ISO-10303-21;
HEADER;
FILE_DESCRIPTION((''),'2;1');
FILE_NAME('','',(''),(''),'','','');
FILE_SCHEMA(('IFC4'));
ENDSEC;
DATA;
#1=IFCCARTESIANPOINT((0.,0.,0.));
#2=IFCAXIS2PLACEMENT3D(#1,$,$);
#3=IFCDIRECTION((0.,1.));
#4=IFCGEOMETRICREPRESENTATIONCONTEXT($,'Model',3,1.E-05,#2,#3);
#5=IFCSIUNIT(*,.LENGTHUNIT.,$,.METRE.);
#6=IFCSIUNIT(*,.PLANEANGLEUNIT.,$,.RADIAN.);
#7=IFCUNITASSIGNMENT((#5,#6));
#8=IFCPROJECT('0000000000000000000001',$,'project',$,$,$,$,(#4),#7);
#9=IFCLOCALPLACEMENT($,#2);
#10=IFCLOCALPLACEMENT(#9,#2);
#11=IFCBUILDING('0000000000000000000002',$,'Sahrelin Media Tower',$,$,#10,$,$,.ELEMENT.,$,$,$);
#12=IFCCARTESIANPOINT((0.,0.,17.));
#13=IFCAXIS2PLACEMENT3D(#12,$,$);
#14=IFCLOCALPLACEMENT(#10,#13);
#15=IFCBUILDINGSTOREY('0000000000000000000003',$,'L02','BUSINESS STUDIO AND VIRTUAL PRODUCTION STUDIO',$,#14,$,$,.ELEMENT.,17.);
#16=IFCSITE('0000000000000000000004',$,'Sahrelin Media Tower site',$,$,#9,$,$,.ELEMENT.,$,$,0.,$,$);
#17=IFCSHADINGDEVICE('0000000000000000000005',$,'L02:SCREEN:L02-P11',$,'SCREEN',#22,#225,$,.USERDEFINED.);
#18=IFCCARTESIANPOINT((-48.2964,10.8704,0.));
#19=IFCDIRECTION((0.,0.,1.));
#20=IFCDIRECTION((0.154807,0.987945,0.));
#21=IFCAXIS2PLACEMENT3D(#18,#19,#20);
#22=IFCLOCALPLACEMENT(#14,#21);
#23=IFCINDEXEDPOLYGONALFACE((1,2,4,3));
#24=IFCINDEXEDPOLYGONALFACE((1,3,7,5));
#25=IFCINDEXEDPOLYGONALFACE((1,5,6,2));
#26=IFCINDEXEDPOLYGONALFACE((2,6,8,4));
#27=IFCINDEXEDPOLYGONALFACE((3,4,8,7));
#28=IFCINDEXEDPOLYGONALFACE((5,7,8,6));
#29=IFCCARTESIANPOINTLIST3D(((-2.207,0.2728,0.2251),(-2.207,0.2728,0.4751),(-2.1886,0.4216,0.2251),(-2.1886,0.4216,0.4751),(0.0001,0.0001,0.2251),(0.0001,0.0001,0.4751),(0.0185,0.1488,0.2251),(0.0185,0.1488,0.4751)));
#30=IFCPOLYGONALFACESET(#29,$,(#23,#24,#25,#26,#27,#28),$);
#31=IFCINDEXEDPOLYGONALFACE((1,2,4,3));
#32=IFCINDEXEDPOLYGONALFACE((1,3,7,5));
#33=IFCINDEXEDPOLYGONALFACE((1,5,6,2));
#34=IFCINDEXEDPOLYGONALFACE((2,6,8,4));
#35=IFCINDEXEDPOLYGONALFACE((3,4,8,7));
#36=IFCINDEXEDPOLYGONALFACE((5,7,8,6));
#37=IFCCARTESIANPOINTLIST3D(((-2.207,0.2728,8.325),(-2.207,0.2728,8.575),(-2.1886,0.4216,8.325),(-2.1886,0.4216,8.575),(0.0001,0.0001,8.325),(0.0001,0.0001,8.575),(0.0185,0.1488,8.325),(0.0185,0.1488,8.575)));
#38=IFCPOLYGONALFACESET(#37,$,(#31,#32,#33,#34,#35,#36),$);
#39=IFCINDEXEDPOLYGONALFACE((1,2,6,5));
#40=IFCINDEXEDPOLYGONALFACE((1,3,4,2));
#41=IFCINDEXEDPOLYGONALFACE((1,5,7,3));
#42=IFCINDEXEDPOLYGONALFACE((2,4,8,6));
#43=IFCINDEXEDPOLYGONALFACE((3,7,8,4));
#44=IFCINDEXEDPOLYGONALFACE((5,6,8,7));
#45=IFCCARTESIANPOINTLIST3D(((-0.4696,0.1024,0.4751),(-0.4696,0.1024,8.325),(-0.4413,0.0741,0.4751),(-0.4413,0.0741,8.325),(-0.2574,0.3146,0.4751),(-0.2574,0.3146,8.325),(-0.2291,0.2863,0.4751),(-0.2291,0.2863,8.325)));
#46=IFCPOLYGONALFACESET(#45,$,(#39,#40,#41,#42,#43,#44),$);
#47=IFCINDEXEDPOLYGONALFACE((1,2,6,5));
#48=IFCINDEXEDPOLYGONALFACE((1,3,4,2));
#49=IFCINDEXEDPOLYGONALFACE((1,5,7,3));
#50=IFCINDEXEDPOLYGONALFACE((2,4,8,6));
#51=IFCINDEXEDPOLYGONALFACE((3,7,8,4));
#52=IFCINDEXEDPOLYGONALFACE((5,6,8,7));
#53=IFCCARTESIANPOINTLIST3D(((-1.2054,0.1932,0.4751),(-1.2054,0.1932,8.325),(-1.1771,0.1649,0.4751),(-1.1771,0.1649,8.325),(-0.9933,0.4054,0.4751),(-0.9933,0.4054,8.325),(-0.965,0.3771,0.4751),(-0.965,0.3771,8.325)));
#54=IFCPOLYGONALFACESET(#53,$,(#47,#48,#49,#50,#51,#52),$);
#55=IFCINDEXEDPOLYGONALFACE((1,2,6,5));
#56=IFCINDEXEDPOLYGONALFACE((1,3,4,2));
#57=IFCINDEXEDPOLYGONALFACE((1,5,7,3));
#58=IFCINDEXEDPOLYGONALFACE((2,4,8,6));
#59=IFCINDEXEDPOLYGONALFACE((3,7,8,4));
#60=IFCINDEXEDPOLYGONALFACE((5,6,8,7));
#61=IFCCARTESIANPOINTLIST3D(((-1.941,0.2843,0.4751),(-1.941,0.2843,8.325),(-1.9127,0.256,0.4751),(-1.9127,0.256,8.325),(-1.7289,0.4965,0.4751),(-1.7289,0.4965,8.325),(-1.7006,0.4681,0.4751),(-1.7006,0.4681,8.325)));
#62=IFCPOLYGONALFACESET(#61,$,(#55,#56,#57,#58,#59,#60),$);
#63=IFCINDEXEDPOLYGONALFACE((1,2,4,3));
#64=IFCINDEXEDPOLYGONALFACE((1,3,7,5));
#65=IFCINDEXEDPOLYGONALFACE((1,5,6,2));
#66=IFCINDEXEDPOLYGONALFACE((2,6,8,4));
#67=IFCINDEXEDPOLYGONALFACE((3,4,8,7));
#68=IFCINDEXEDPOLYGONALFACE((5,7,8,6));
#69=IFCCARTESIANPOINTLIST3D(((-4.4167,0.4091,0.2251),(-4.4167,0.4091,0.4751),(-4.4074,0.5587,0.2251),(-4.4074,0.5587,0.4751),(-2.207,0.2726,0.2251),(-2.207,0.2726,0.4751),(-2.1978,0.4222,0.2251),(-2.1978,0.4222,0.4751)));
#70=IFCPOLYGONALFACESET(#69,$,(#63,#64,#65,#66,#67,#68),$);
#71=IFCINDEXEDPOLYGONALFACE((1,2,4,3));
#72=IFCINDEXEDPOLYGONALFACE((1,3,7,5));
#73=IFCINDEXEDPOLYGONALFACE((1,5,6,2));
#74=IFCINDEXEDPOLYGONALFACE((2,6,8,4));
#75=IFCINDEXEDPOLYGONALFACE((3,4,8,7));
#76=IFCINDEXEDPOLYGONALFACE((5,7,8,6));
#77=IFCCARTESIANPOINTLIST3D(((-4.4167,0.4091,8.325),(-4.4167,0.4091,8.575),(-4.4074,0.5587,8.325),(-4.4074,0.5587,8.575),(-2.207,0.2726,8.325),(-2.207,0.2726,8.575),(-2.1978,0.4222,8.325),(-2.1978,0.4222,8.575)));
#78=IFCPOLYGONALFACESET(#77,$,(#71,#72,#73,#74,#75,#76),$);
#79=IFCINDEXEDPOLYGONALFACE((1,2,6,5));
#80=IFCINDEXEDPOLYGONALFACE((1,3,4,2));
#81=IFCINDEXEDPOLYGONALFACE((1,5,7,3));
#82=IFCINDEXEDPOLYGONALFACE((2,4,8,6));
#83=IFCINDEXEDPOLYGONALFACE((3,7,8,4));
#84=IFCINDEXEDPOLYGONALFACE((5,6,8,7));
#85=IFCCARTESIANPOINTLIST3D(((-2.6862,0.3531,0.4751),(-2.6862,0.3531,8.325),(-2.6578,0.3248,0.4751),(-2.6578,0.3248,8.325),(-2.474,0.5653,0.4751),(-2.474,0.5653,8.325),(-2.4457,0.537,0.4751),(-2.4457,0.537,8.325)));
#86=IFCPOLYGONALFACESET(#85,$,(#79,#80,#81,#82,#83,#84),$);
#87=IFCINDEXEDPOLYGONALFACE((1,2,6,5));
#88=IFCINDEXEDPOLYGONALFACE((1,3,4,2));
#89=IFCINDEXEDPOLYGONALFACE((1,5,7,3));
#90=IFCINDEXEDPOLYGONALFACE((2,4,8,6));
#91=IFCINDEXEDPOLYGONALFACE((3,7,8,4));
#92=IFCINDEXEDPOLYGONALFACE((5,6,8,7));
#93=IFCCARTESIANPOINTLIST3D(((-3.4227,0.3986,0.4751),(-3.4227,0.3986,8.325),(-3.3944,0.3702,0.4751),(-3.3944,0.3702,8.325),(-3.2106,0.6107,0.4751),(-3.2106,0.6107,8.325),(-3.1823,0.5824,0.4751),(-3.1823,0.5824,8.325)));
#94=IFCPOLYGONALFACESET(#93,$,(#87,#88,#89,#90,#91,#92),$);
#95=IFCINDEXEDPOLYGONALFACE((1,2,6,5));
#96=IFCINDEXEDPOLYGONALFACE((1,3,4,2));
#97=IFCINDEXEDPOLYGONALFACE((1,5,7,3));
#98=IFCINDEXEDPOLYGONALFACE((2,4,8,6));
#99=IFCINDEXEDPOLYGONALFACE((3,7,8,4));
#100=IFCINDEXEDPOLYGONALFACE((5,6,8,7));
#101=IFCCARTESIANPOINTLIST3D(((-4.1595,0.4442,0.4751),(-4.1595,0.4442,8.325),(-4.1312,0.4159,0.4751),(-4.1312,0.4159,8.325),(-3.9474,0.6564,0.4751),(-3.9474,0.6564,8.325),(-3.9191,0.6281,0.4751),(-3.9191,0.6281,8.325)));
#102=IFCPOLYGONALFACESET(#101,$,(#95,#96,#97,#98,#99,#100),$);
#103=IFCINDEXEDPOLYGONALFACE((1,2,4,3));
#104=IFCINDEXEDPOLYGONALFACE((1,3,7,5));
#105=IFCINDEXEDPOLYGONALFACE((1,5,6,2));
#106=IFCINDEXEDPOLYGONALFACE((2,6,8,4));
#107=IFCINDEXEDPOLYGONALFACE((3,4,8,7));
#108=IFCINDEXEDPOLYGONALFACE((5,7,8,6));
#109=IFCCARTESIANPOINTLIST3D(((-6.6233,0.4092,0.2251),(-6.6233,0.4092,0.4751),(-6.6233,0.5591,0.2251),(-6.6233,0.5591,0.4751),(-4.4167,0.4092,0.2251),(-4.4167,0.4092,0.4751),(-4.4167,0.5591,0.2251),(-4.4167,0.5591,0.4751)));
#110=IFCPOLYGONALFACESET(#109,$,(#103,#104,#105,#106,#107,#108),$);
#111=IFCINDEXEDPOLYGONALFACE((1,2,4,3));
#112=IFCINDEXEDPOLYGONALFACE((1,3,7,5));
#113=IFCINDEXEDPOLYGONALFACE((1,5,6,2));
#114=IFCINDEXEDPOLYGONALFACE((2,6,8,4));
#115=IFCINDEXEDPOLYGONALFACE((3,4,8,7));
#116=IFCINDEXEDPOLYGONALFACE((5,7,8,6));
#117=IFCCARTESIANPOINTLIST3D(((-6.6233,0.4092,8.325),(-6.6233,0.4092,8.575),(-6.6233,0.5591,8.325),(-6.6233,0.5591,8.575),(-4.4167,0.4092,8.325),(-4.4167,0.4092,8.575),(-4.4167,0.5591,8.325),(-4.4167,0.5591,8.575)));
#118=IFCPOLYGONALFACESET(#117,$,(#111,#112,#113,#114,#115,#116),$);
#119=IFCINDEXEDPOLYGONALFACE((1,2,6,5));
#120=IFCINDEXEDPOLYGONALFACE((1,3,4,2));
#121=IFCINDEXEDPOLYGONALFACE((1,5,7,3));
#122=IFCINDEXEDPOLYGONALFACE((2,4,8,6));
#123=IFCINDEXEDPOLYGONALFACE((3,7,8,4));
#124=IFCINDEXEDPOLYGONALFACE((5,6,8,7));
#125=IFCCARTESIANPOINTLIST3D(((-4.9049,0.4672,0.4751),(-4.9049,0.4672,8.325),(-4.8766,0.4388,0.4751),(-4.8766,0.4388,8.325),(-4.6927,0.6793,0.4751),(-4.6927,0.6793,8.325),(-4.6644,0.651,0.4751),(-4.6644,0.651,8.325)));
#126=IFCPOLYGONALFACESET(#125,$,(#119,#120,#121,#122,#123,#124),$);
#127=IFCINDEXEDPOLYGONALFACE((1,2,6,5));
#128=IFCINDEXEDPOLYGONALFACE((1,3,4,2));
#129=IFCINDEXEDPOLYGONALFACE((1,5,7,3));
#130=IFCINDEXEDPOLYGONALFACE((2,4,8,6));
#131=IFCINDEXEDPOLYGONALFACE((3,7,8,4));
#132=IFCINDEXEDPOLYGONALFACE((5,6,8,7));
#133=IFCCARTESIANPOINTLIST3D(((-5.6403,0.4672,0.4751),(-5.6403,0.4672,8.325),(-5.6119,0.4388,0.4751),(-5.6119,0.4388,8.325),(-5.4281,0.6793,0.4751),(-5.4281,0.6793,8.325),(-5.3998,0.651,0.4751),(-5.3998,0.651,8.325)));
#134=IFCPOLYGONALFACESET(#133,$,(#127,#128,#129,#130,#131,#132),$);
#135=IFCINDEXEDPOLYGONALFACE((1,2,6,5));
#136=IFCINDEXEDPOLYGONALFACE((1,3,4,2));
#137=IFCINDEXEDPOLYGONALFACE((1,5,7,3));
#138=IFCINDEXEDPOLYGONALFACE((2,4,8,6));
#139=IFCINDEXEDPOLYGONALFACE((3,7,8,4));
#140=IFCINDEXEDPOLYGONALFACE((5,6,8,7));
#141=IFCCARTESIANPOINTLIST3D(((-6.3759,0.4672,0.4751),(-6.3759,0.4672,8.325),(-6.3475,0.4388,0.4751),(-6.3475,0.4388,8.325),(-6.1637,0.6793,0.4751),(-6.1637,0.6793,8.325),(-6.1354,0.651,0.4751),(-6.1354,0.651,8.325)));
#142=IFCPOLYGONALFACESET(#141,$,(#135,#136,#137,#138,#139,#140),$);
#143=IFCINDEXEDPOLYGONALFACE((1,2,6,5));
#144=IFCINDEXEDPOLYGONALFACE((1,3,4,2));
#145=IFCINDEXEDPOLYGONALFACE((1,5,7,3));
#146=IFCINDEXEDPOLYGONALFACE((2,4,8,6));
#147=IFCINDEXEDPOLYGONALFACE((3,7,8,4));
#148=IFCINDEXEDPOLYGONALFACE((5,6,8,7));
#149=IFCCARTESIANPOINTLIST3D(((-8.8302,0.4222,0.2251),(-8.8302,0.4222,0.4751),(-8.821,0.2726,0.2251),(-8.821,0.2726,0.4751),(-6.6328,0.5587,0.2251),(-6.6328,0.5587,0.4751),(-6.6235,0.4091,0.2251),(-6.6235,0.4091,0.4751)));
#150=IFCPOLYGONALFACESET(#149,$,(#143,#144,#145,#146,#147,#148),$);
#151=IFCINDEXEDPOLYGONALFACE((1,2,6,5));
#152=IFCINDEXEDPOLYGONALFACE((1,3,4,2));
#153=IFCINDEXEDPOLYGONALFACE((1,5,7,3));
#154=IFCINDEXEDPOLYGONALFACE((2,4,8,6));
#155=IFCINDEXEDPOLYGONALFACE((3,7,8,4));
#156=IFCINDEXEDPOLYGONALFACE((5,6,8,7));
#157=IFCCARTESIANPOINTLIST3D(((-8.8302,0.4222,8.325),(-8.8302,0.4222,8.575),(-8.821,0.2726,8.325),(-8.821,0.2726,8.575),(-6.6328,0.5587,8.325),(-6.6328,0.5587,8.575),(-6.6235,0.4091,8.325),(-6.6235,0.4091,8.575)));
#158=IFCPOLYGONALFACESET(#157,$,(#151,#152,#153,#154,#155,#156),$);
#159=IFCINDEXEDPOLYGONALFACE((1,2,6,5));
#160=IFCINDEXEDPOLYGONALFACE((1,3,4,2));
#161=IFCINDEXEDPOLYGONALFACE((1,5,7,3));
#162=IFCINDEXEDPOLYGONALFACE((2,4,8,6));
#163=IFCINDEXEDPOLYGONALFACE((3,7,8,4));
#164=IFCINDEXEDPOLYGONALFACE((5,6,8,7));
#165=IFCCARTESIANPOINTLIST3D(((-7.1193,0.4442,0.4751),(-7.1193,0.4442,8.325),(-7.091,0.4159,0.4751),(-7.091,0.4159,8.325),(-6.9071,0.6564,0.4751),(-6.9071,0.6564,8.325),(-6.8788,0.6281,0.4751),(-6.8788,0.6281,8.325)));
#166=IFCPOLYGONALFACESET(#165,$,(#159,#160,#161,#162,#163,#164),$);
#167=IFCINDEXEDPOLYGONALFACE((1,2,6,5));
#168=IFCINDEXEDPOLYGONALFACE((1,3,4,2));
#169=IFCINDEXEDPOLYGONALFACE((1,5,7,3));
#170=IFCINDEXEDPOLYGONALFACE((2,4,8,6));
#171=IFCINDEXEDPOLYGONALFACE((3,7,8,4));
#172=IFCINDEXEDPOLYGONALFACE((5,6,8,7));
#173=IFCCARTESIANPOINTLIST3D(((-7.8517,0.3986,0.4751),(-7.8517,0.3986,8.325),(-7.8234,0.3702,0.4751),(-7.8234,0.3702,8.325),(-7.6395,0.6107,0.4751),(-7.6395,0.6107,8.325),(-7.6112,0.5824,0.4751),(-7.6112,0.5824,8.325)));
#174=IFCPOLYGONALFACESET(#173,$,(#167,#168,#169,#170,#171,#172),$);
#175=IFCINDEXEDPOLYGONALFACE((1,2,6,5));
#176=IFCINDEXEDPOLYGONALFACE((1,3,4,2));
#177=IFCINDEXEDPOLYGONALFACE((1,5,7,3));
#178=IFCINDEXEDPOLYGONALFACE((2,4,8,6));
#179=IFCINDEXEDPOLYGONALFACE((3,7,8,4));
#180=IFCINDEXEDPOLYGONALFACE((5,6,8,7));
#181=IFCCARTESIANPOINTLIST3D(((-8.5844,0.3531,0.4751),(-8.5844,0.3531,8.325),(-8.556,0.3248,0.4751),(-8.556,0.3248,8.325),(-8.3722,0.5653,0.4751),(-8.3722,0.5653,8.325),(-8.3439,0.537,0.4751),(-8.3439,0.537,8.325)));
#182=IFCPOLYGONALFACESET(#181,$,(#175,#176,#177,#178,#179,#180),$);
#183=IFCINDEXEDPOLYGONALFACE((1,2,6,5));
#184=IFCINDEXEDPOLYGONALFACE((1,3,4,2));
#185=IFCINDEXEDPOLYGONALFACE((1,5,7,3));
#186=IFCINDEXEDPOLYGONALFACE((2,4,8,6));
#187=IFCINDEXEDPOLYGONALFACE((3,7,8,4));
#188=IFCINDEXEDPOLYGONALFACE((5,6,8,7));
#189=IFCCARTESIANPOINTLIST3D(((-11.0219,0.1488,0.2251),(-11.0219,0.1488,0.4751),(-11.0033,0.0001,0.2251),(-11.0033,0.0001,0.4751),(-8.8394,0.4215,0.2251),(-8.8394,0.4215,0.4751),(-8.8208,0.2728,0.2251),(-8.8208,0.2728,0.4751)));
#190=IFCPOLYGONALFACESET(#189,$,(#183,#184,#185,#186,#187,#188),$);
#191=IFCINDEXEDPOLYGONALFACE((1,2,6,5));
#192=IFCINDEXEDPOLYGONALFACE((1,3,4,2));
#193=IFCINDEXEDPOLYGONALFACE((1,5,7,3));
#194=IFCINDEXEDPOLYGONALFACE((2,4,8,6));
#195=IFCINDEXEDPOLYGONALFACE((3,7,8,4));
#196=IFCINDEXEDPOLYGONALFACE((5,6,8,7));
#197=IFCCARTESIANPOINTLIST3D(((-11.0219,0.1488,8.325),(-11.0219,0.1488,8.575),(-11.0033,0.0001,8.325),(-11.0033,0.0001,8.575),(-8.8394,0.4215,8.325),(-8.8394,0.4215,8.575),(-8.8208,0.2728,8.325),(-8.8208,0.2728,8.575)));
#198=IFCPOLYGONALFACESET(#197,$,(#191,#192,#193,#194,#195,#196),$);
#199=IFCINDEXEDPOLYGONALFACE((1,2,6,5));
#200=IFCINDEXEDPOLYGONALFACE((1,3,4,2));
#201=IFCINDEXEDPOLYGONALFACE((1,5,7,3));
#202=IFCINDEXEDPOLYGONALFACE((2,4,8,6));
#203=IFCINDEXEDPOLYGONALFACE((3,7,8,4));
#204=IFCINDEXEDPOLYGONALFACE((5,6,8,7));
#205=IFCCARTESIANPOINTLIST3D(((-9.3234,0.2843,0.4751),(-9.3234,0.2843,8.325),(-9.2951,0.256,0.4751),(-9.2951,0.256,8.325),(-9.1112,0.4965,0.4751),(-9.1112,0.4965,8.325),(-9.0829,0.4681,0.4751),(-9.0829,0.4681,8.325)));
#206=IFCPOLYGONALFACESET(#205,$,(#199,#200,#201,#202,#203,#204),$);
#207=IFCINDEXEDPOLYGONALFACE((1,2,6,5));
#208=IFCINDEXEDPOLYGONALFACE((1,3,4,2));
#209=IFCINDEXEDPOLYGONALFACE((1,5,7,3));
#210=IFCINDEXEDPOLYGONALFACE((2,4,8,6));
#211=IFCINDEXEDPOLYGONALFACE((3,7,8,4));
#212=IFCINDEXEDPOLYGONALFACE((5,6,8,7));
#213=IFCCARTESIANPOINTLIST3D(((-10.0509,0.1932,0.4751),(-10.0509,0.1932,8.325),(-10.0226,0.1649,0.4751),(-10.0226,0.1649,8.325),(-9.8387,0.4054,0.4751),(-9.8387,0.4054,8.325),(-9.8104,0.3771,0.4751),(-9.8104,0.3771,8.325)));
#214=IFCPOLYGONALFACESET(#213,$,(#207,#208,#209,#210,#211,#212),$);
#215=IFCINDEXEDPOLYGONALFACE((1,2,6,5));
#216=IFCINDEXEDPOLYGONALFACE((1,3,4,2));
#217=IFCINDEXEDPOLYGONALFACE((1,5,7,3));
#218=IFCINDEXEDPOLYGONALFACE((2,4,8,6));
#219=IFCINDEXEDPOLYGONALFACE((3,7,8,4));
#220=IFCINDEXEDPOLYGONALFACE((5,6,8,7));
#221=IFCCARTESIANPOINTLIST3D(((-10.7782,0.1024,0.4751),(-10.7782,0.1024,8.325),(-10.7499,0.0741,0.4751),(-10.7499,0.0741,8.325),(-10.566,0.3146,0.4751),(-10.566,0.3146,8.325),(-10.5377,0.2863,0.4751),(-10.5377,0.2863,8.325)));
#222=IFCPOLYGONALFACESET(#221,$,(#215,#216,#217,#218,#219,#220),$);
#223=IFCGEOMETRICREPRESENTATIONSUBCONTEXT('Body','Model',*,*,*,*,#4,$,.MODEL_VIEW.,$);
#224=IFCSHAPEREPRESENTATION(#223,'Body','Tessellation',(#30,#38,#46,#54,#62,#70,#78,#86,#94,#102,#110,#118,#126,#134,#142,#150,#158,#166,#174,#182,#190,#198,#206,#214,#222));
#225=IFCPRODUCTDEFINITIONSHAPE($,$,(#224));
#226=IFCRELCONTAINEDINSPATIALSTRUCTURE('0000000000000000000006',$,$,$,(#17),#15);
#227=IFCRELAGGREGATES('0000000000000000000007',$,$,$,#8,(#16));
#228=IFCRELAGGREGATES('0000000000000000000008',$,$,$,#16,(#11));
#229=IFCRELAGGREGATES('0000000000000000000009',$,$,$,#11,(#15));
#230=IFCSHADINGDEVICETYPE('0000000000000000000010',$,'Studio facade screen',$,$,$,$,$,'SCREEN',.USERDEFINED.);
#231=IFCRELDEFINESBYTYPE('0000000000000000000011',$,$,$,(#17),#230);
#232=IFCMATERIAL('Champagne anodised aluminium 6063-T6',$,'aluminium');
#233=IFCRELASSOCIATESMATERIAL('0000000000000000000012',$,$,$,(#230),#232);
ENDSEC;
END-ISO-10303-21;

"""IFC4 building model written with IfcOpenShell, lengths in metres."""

from ifc_helpers import new_model, si_unit, direction, frame, origin, origin_2d, place, context, subcontext, project, spatial, rectangle, extrude, material, type_object, element, save


model = new_model("IFC4")

# Units and contexts
model_context = context("Model", 3, precision=1e-05, world=origin(), true_north=direction((0.0, 1.0)))
body_context = subcontext(model_context, "Body", "Model", "MODEL_VIEW")
ifc_project = project(units=[si_unit("LENGTHUNIT", "METRE"), si_unit("PLANEANGLEUNIT", "RADIAN")], contexts=[model_context])

# Site, building, storey
site_placement = place(None, origin())
site = spatial("IfcSite", under=ifc_project, at=site_placement, Name="Sahrelin Media Tower site", CompositionType="ELEMENT", RefElevation=0.0)
building_placement = place(site_placement, origin())
building = spatial("IfcBuilding", under=site, at=building_placement, Name="Sahrelin Media Tower", CompositionType="ELEMENT")
storey_placement = place(building_placement, frame((0.0, 0.0, 17.0)))
storey = spatial("IfcBuildingStorey", under=building, at=storey_placement, Name="L02", Description="BUSINESS STUDIO AND VIRTUAL PRODUCTION STUDIO", CompositionType="ELEMENT", Elevation=17.0)

# Shading device
ifc_material_1 = material(Name="Champagne anodised aluminium 6063-T6", Category="aluminium")
shading_device_type = type_object("IfcShadingDeviceType", Name="Studio facade screen", ElementType="SCREEN", PredefinedType="USERDEFINED", material=ifc_material_1)
shading_device_placement = place(storey_placement, frame((-48.2964, 10.8704, 0.0), z_axis=(0.0, 0.0, 1.0), x_axis=(0.154807, 0.987945, 0.0)))
element("IfcShadingDevice", 1, at=shading_device_placement, inside=storey, type_object=shading_device_type, Name="L02:SCREEN:L02-P11", ObjectType="SCREEN", PredefinedType="USERDEFINED", context=body_context, shape_type="SweptSolid", body=[
    extrude(rectangle(XDim=0.1499, YDim=0.25, at=origin_2d()), frame((0.0093, 0.0745, 0.3501), z_axis=(-0.992453, 0.122629, 0.0), x_axis=(-0.122629, -0.992453, 0.0)), (0.0, 0.0, 1.0), 2.2239),
    extrude(rectangle(XDim=0.1499, YDim=0.25, at=origin_2d()), frame((0.0093, 0.0745, 8.45), z_axis=(-0.992453, 0.122629, 0.0), x_axis=(-0.122629, -0.992453, 0.0)), (0.0, 0.0, 1.0), 2.2239),
    extrude(rectangle(XDim=0.3, YDim=0.04, at=origin_2d()), frame((-0.3494, 0.1943, 0.4751), z_axis=(0.0, 0.0, 1.0), x_axis=(0.707107, 0.707107, 0.0)), (0.0, 0.0, 1.0), 7.8499),
    extrude(rectangle(XDim=0.3, YDim=0.04, at=origin_2d()), frame((-1.0852, 0.2852, 0.4751), z_axis=(0.0, 0.0, 1.0), x_axis=(0.707107, 0.707107, 0.0)), (0.0, 0.0, 1.0), 7.8499),
    extrude(rectangle(XDim=0.3, YDim=0.04, at=origin_2d()), frame((-1.8208, 0.3762, 0.4751), z_axis=(0.0, 0.0, 1.0), x_axis=(0.707107, 0.707107, 0.0)), (0.0, 0.0, 1.0), 7.8499),
    extrude(rectangle(XDim=0.1499, YDim=0.25, at=origin_2d()), frame((-2.2024, 0.3474, 0.3501), z_axis=(-0.998098, 0.061644, 0.0), x_axis=(-0.061644, -0.998098, 0.0)), (0.0, 0.0, 1.0), 2.2139),
    extrude(rectangle(XDim=0.1499, YDim=0.25, at=origin_2d()), frame((-2.2024, 0.3474, 8.45), z_axis=(-0.998098, 0.061644, 0.0), x_axis=(-0.061644, -0.998098, 0.0)), (0.0, 0.0, 1.0), 2.2139),
    extrude(rectangle(XDim=0.3, YDim=0.04, at=origin_2d()), frame((-2.5659, 0.4451, 0.4751), z_axis=(0.0, 0.0, 1.0), x_axis=(0.707107, 0.707107, 0.0)), (0.0, 0.0, 1.0), 7.8499),
    extrude(rectangle(XDim=0.3, YDim=0.04, at=origin_2d()), frame((-3.3025, 0.4905, 0.4751), z_axis=(0.0, 0.0, 1.0), x_axis=(0.707107, 0.707107, 0.0)), (0.0, 0.0, 1.0), 7.8499),
    extrude(rectangle(XDim=0.3, YDim=0.04, at=origin_2d()), frame((-4.0393, 0.5361, 0.4751), z_axis=(0.0, 0.0, 1.0), x_axis=(0.707107, 0.707107, 0.0)), (0.0, 0.0, 1.0), 7.8499),
    extrude(rectangle(XDim=0.1499, YDim=0.25, at=origin_2d()), frame((-4.4167, 0.4841, 0.3501), z_axis=(-1.0, 0.0, 0.0), x_axis=(0.0, -1.0, 0.0)), (0.0, 0.0, 1.0), 2.2065),
    extrude(rectangle(XDim=0.1499, YDim=0.25, at=origin_2d()), frame((-4.4167, 0.4841, 8.45), z_axis=(-1.0, 0.0, 0.0), x_axis=(0.0, -1.0, 0.0)), (0.0, 0.0, 1.0), 2.2065),
    extrude(rectangle(XDim=0.3, YDim=0.04, at=origin_2d()), frame((-4.7847, 0.5591, 0.4751), z_axis=(0.0, 0.0, 1.0), x_axis=(0.707107, 0.707107, 0.0)), (0.0, 0.0, 1.0), 7.8499),
    extrude(rectangle(XDim=0.3, YDim=0.04, at=origin_2d()), frame((-5.52, 0.5591, 0.4751), z_axis=(0.0, 0.0, 1.0), x_axis=(0.707107, 0.707107, 0.0)), (0.0, 0.0, 1.0), 7.8499),
    extrude(rectangle(XDim=0.3, YDim=0.04, at=origin_2d()), frame((-6.2556, 0.5591, 0.4751), z_axis=(0.0, 0.0, 1.0), x_axis=(0.707107, 0.707107, 0.0)), (0.0, 0.0, 1.0), 7.8499),
    extrude(rectangle(XDim=0.1499, YDim=0.25, at=origin_2d()), frame((-6.6282, 0.4839, 0.3501), z_axis=(-0.998077, -0.061985, 0.0), x_axis=(0.061985, -0.998077, 0.0)), (0.0, 0.0, 1.0), 2.2017),
    extrude(rectangle(XDim=0.1499, YDim=0.25, at=origin_2d()), frame((-6.6282, 0.4839, 8.45), z_axis=(-0.998077, -0.061985, 0.0), x_axis=(0.061985, -0.998077, 0.0)), (0.0, 0.0, 1.0), 2.2017),
    extrude(rectangle(XDim=0.3, YDim=0.04, at=origin_2d()), frame((-6.999, 0.5361, 0.4751), z_axis=(0.0, 0.0, 1.0), x_axis=(0.707107, 0.707107, 0.0)), (0.0, 0.0, 1.0), 7.8499),
    extrude(rectangle(XDim=0.3, YDim=0.04, at=origin_2d()), frame((-7.7314, 0.4905, 0.4751), z_axis=(0.0, 0.0, 1.0), x_axis=(0.707107, 0.707107, 0.0)), (0.0, 0.0, 1.0), 7.8499),
    extrude(rectangle(XDim=0.3, YDim=0.04, at=origin_2d()), frame((-8.4641, 0.4451, 0.4751), z_axis=(0.0, 0.0, 1.0), x_axis=(0.707107, 0.707107, 0.0)), (0.0, 0.0, 1.0), 7.8499),
    extrude(rectangle(XDim=0.1499, YDim=0.25, at=origin_2d()), frame((-8.8301, 0.3472, 0.3501), z_axis=(-0.992283, -0.123994, 0.0), x_axis=(0.123994, -0.992283, 0.0)), (0.0, 0.0, 1.0), 2.1995),
    extrude(rectangle(XDim=0.1499, YDim=0.25, at=origin_2d()), frame((-8.8301, 0.3472, 8.45), z_axis=(-0.992283, -0.123994, 0.0), x_axis=(0.123994, -0.992283, 0.0)), (0.0, 0.0, 1.0), 2.1995),
    extrude(rectangle(XDim=0.3, YDim=0.04, at=origin_2d()), frame((-9.2031, 0.3762, 0.4751), z_axis=(0.0, 0.0, 1.0), x_axis=(0.707107, 0.707107, 0.0)), (0.0, 0.0, 1.0), 7.8499),
    extrude(rectangle(XDim=0.3, YDim=0.04, at=origin_2d()), frame((-9.9307, 0.2852, 0.4751), z_axis=(0.0, 0.0, 1.0), x_axis=(0.707107, 0.707107, 0.0)), (0.0, 0.0, 1.0), 7.8499),
    extrude(rectangle(XDim=0.3, YDim=0.04, at=origin_2d()), frame((-10.658, 0.1943, 0.4751), z_axis=(0.0, 0.0, 1.0), x_axis=(0.707107, 0.707107, 0.0)), (0.0, 0.0, 1.0), 7.8499),
])

save(model, "model.ifc")
